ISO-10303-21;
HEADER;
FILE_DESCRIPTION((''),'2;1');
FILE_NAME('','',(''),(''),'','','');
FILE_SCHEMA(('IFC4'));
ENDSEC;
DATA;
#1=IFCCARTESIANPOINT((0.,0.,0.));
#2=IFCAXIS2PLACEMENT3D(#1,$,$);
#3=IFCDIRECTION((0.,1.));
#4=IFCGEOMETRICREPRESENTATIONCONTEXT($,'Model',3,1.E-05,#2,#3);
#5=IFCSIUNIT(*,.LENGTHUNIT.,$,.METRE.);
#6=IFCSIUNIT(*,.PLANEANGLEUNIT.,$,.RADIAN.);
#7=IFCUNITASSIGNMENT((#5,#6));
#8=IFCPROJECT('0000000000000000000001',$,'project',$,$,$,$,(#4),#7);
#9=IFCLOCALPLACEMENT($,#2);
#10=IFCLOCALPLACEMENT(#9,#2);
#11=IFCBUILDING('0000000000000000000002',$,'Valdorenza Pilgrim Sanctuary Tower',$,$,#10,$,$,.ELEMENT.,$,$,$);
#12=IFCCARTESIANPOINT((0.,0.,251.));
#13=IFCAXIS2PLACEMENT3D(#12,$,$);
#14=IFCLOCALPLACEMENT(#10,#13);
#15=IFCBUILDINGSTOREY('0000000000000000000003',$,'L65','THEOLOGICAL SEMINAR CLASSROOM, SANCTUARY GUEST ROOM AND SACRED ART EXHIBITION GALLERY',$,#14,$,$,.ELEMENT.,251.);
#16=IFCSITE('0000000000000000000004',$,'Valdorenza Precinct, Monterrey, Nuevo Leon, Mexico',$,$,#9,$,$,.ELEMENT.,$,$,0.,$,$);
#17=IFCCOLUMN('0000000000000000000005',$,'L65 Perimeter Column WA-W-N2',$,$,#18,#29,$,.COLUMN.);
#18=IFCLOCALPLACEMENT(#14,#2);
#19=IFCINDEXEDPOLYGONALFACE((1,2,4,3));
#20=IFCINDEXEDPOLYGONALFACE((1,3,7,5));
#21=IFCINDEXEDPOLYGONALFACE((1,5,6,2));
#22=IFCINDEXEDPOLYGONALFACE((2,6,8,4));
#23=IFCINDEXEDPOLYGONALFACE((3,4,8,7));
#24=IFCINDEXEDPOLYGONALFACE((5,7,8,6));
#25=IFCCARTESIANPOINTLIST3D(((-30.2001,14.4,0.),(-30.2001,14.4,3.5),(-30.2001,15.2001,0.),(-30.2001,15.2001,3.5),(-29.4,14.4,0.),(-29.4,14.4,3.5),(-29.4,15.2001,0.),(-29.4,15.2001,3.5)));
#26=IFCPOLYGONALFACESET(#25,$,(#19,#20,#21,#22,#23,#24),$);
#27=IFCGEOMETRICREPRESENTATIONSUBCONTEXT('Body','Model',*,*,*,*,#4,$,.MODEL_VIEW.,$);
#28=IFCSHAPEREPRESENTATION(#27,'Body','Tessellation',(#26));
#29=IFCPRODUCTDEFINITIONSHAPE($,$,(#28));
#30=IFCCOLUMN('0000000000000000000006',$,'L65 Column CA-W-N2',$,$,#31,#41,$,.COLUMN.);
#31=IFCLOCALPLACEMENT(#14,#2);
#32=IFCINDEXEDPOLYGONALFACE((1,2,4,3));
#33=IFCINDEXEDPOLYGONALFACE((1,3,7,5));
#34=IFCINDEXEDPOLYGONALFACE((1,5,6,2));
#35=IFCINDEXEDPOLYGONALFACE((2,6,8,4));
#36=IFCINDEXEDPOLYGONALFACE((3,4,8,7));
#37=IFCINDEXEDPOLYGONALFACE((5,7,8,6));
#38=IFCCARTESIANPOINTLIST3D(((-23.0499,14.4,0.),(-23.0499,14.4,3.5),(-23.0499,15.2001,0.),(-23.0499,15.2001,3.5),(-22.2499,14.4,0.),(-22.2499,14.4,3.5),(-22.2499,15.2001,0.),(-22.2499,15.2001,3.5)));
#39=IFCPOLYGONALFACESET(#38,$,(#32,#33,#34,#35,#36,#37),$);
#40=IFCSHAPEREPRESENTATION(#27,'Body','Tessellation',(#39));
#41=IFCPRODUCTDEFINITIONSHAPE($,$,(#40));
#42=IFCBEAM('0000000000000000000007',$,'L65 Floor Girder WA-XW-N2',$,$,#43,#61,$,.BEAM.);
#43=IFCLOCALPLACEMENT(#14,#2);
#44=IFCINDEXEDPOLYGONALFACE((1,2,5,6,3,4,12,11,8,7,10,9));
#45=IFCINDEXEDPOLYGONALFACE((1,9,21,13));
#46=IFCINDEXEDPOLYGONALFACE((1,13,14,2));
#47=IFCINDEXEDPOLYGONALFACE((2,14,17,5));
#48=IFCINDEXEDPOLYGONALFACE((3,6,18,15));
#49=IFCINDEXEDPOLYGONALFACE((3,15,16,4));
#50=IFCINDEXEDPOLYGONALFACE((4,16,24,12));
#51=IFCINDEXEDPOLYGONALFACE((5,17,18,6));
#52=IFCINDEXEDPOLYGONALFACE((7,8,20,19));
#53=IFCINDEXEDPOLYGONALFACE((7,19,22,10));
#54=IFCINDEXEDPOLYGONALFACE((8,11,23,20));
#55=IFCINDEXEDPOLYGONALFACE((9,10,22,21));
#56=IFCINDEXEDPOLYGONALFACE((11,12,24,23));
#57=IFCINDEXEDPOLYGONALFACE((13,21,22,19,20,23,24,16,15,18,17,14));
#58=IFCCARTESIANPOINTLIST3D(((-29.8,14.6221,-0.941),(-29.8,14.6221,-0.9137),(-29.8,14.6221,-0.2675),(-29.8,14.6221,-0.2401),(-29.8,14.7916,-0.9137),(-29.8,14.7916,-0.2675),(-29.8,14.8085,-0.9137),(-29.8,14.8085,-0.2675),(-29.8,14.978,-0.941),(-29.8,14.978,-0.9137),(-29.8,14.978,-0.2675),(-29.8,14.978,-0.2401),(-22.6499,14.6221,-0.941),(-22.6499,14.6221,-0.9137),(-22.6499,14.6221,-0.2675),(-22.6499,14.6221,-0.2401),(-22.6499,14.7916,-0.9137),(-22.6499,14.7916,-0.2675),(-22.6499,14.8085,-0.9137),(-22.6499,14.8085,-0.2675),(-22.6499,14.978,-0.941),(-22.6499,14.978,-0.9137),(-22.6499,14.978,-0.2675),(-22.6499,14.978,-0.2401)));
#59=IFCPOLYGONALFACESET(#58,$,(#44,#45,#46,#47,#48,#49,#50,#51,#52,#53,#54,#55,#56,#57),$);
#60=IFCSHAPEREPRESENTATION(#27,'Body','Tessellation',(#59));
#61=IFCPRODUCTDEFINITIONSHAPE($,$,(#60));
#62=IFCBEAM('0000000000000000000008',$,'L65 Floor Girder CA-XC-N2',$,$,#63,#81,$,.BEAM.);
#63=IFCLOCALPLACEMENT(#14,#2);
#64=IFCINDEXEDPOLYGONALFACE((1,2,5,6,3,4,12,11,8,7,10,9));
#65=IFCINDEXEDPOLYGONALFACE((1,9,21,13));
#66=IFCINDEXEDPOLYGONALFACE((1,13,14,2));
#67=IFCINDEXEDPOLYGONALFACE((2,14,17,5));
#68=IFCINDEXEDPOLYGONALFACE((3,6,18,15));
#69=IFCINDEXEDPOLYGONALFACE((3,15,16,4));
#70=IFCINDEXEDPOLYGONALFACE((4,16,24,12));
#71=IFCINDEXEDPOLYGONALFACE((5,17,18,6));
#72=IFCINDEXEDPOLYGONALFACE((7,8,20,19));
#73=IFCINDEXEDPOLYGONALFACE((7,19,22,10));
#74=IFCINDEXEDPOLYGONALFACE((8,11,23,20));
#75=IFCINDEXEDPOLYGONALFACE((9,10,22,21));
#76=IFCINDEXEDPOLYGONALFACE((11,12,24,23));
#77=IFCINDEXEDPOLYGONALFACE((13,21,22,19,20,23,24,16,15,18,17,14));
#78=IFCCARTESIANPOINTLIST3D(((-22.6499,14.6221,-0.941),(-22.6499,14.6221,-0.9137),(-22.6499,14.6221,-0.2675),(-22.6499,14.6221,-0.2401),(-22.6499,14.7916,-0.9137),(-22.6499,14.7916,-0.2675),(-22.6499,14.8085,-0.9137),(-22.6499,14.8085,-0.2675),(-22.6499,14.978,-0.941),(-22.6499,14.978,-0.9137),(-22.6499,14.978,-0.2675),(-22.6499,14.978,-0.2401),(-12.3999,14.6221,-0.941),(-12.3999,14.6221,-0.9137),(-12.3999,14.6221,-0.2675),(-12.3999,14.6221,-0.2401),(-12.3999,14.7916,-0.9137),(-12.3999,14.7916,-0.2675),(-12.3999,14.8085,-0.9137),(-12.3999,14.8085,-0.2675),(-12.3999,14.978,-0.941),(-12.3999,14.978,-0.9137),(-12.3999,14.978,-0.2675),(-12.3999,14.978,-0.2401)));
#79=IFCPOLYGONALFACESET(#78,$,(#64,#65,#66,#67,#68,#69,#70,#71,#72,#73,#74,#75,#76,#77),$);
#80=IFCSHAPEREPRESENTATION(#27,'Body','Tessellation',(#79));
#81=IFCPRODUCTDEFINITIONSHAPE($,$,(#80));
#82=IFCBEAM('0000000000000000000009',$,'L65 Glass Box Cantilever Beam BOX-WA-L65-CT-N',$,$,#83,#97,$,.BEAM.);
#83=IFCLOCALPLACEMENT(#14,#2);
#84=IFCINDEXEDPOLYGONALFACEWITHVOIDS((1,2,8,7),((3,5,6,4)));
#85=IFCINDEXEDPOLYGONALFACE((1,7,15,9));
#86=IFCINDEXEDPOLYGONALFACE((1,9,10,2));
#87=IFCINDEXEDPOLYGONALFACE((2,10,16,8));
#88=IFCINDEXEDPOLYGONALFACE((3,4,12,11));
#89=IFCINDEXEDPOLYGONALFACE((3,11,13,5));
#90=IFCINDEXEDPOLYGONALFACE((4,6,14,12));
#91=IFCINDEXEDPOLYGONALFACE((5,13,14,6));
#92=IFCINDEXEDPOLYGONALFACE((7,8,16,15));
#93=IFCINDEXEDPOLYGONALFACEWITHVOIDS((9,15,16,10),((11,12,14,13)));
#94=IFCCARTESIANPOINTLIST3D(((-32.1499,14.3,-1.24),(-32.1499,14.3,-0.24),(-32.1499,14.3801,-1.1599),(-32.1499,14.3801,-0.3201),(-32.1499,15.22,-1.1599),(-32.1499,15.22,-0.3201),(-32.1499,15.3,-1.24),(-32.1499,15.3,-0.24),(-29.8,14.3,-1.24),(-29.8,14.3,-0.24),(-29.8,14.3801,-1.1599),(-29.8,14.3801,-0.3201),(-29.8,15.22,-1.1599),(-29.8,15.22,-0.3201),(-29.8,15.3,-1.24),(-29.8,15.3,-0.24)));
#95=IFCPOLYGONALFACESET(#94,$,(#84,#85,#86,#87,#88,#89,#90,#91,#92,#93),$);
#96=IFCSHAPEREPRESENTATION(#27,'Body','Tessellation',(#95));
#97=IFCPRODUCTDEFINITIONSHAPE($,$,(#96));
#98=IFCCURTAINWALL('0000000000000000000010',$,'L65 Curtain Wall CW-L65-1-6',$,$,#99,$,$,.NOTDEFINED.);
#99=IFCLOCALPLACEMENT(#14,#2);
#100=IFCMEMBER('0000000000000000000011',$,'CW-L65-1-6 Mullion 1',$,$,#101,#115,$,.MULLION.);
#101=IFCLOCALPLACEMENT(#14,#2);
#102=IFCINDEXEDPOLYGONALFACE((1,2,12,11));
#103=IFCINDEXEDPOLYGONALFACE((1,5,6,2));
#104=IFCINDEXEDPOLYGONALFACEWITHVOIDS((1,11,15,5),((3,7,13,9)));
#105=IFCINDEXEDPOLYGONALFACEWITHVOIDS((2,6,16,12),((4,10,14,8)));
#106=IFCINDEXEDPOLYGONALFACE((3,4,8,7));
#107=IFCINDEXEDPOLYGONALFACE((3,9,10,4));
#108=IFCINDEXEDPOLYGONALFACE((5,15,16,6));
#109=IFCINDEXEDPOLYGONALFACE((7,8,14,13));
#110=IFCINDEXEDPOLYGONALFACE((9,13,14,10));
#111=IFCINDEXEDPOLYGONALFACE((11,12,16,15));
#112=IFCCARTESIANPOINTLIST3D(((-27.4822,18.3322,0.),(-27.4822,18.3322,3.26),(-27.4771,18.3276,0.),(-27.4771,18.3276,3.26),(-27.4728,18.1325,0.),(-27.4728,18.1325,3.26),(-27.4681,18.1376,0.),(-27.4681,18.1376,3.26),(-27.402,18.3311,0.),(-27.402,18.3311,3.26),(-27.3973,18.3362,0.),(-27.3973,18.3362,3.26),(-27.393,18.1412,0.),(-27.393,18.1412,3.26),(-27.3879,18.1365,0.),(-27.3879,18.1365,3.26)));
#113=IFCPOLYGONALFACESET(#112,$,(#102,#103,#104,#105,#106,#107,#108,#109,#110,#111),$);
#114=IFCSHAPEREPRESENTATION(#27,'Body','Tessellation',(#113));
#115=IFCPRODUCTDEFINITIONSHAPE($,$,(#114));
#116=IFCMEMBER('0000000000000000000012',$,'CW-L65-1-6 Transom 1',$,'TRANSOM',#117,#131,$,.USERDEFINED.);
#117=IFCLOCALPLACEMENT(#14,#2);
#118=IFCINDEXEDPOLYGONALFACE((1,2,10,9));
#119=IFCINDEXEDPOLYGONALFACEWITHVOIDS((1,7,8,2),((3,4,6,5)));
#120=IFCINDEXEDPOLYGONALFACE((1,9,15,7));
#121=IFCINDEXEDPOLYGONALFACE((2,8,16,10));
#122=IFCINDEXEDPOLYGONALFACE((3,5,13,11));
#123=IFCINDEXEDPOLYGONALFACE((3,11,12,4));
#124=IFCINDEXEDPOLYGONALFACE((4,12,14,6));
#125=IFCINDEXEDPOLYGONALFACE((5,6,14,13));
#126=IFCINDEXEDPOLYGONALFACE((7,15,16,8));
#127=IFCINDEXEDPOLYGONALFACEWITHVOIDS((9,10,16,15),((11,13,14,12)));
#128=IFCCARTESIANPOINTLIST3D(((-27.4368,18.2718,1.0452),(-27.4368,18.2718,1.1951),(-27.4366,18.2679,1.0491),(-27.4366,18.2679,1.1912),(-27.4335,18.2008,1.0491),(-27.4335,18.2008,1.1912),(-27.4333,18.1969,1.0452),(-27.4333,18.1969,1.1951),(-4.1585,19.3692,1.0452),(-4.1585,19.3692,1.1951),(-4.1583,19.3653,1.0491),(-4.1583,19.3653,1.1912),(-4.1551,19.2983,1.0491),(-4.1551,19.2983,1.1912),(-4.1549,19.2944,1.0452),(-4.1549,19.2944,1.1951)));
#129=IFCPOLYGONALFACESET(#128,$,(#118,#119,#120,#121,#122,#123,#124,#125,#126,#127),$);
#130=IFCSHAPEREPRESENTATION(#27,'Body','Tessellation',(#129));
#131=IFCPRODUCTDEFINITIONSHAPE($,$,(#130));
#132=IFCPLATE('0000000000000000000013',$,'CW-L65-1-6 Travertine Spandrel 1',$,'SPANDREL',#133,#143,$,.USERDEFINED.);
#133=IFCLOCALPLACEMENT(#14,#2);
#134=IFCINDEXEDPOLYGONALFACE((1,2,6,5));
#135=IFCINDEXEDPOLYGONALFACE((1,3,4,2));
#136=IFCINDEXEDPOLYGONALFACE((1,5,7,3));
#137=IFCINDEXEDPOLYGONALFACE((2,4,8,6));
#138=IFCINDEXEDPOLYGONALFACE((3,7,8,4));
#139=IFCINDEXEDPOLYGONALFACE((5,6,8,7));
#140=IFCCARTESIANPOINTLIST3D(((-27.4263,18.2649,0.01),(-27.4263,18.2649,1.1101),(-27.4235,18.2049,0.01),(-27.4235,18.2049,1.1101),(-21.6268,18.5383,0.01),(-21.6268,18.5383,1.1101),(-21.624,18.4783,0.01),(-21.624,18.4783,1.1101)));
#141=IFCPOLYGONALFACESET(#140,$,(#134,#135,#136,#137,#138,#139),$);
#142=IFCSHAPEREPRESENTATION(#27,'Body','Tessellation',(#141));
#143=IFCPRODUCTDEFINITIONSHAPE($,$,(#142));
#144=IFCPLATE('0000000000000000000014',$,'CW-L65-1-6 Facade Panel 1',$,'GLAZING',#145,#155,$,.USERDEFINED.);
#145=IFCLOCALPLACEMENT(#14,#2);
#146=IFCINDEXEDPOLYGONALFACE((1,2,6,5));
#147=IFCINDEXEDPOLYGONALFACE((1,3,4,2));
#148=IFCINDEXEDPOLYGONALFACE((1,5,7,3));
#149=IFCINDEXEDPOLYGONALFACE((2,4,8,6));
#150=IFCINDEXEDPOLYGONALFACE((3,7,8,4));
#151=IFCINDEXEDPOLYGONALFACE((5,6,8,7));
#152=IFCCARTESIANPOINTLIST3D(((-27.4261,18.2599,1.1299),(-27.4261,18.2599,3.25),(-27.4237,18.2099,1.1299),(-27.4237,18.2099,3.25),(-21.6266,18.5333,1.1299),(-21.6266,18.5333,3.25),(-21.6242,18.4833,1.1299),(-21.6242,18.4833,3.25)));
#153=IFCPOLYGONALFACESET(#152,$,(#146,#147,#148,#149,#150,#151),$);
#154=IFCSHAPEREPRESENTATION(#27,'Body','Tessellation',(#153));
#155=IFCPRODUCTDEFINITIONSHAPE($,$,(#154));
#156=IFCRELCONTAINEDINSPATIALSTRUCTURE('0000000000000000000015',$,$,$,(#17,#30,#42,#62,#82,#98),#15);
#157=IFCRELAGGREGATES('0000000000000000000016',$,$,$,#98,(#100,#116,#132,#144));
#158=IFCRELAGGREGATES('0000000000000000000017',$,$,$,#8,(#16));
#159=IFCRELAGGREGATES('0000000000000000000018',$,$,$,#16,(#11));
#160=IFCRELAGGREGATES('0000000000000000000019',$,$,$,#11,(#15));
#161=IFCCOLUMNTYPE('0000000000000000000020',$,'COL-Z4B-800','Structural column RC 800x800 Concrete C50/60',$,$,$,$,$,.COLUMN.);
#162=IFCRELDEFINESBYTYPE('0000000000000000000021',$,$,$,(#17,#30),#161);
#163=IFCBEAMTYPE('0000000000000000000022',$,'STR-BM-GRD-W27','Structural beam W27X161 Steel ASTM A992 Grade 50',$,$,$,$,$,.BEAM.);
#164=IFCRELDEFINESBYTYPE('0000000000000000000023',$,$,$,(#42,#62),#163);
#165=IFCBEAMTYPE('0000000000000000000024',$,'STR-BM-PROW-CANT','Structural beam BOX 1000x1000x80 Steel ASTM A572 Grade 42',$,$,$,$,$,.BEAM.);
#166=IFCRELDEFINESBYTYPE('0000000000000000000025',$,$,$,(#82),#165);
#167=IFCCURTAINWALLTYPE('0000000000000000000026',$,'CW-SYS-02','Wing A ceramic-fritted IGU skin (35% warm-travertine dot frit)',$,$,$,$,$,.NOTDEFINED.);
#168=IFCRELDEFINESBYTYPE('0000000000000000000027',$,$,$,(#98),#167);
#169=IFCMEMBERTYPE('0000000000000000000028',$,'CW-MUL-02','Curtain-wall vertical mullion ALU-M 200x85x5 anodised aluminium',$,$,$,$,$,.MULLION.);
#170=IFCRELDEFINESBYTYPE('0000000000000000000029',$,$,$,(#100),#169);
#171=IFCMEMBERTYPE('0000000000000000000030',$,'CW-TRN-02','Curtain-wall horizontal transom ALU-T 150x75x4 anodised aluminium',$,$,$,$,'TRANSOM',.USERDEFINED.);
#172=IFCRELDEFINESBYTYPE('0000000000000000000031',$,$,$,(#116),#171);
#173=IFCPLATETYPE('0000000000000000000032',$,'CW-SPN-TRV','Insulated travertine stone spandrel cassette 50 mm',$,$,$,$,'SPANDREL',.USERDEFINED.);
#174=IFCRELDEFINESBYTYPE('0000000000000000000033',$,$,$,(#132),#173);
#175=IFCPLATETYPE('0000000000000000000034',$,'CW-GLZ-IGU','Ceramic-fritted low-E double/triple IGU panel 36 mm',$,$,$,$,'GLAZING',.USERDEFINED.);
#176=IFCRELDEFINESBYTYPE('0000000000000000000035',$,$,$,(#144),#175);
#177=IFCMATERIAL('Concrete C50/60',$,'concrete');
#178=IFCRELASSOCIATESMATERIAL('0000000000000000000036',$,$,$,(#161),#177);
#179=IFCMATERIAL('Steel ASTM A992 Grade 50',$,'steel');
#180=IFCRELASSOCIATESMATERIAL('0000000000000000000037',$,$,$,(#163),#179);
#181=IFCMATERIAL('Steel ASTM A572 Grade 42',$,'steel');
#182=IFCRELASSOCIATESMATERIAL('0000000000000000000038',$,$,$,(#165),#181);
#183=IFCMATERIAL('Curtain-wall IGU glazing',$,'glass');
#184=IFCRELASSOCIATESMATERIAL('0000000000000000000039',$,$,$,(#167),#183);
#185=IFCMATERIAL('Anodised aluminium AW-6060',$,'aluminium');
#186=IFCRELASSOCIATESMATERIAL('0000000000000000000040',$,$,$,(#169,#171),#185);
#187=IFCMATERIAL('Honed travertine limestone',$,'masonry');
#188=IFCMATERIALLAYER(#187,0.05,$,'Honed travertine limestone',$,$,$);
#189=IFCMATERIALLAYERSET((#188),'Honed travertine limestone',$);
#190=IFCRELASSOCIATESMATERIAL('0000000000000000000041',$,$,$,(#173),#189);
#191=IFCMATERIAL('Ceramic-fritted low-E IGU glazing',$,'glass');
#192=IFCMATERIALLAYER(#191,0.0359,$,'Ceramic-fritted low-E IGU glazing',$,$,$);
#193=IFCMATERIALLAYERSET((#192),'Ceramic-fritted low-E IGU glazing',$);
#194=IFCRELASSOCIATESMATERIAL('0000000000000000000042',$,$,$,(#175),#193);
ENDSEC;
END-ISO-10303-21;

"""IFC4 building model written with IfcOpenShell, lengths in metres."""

from ifc_helpers import new_model, si_unit, direction, frame, origin, origin_2d, place, context, subcontext, project, spatial, rectangle, hollow_rectangle, i_section, extrude, source, transform, mapped, material, layer, layer_set, material_profile, profile_set, type_object, element, aggregate, save


model = new_model("IFC4")

# Units and contexts
model_context = context("Model", 3, precision=1e-05, world=origin(), true_north=direction((0.0, 1.0)))
body_context = subcontext(model_context, "Body", "Model", "MODEL_VIEW")
ifc_project = project(units=[si_unit("LENGTHUNIT", "METRE"), si_unit("PLANEANGLEUNIT", "RADIAN")], contexts=[model_context])

# Site, building, storey
site_placement = place(None, origin())
site = spatial("IfcSite", under=ifc_project, at=site_placement, Name="Valdorenza Precinct, Monterrey, Nuevo Leon, Mexico", CompositionType="ELEMENT", RefElevation=0.0)
building_placement = place(site_placement, origin())
building = spatial("IfcBuilding", under=site, at=building_placement, Name="Valdorenza Pilgrim Sanctuary Tower", CompositionType="ELEMENT")
storey_placement = place(building_placement, frame((0.0, 0.0, 251.0)))
storey = spatial("IfcBuildingStorey", under=building, at=storey_placement, Name="L65", Description="THEOLOGICAL SEMINAR CLASSROOM, SANCTUARY GUEST ROOM AND SACRED ART EXHIBITION GALLERY", CompositionType="ELEMENT", Elevation=251.0)

# Columns
ifc_material_1 = material(Name="Concrete C50/60", Category="concrete")
ifc_material_profile_1 = material_profile(ifc_material_1, rectangle(XDim=0.8, YDim=0.8, at=origin_2d()), Name="RC 800x800")
ifc_profile_set_1 = profile_set([ifc_material_profile_1], Name="Concrete C50/60")
column_type = type_object("IfcColumnType", Name="COL-Z4B-800", Description="Structural column RC 800x800 Concrete C50/60", PredefinedType="COLUMN", material=ifc_profile_set_1)
shared_shape_1 = source(origin(), body_context, "Body", "SweptSolid", [
    extrude(rectangle(XDim=0.8, YDim=0.8, at=origin_2d()), origin(), (0.0, 0.0, 1.0), 3.5),
])
for number, where, z_axis, x_axis, name in (
    (1, (-29.8, 14.8, 0.0), (0.0, 0.0, 1.0), (1.0, 0.0, 0.0), "L65 Perimeter Column WA-W-N2"),
    (2, (-22.6499, 14.8, 0.0), (0.0, 0.0, 1.0), (1.0, 0.0, 0.0), "L65 Column CA-W-N2"),
):
    element("IfcColumn", number, at=place(storey_placement, frame(where, z_axis=z_axis, x_axis=x_axis)), inside=storey, type_object=column_type, Name=name, PredefinedType="COLUMN", context=body_context, shape_type="MappedRepresentation", body=[
        mapped(shared_shape_1, transform((0.0, 0.0, 0.0), x_axis=(1.0, 0.0, 0.0), y_axis=(0.0, 1.0, 0.0), z_axis=(0.0, 0.0, 1.0), scale=1.0)),
    ])

# Beams
ifc_material_2 = material(Name="Steel ASTM A992 Grade 50", Category="steel")
ifc_material_profile_2 = material_profile(ifc_material_2, i_section(OverallWidth=0.356, OverallDepth=0.7009, WebThickness=0.0168, FlangeThickness=0.0273, at=origin_2d()), Name="W27X161")
ifc_profile_set_2 = profile_set([ifc_material_profile_2], Name="Steel ASTM A992 Grade 50")
beam_type_1 = type_object("IfcBeamType", Name="STR-BM-GRD-W27", Description="Structural beam W27X161 Steel ASTM A992 Grade 50", PredefinedType="BEAM", material=ifc_profile_set_2)
shared_shape_2 = source(origin(), body_context, "Body", "SweptSolid", [
    extrude(i_section(OverallWidth=0.356, OverallDepth=0.7009, WebThickness=0.0168, FlangeThickness=0.0273, at=origin_2d()), origin(), (0.0, 0.0, 1.0), 7.1501),
])
beam_1_placement = place(storey_placement, frame((-29.8, 14.8, -0.5906), z_axis=(1.0, 0.0, 0.0), x_axis=(0.0, 1.0, 0.0)))
element("IfcBeam", 3, at=beam_1_placement, inside=storey, type_object=beam_type_1, Name="L65 Floor Girder WA-XW-N2", PredefinedType="BEAM", context=body_context, shape_type="MappedRepresentation", body=[
    mapped(shared_shape_2, transform((0.0, 0.0, 0.0), x_axis=(1.0, 0.0, 0.0), y_axis=(0.0, 1.0, 0.0), z_axis=(0.0, 0.0, 1.0), scale=1.0)),
])
shared_shape_3 = source(origin(), body_context, "Body", "SweptSolid", [
    extrude(i_section(OverallWidth=0.356, OverallDepth=0.7009, WebThickness=0.0168, FlangeThickness=0.0273, at=origin_2d()), origin(), (0.0, 0.0, 1.0), 10.25),
])
beam_2_placement = place(storey_placement, frame((-22.6499, 14.8, -0.5906), z_axis=(1.0, 0.0, 0.0), x_axis=(0.0, 1.0, 0.0)))
element("IfcBeam", 4, at=beam_2_placement, inside=storey, type_object=beam_type_1, Name="L65 Floor Girder CA-XC-N2", PredefinedType="BEAM", context=body_context, shape_type="MappedRepresentation", body=[
    mapped(shared_shape_3, transform((0.0, 0.0, 0.0), x_axis=(1.0, 0.0, 0.0), y_axis=(0.0, 1.0, 0.0), z_axis=(0.0, 0.0, 1.0), scale=1.0)),
])
ifc_material_3 = material(Name="Steel ASTM A572 Grade 42", Category="steel")
ifc_material_profile_3 = material_profile(ifc_material_3, hollow_rectangle(XDim=1.0, YDim=1.0, WallThickness=0.0801, at=origin_2d()), Name="BOX 1000x1000x80")
ifc_profile_set_3 = profile_set([ifc_material_profile_3], Name="Steel ASTM A572 Grade 42")
beam_type_2 = type_object("IfcBeamType", Name="STR-BM-PROW-CANT", Description="Structural beam BOX 1000x1000x80 Steel ASTM A572 Grade 42", PredefinedType="BEAM", material=ifc_profile_set_3)
shared_shape_4 = source(origin(), body_context, "Body", "SweptSolid", [
    extrude(hollow_rectangle(XDim=1.0, YDim=1.0, WallThickness=0.0801, at=origin_2d()), origin(), (0.0, 0.0, 1.0), 2.3499),
])
beam_3_placement = place(storey_placement, frame((-29.8, 14.8, -0.74), z_axis=(-1.0, 0.0, 0.0), x_axis=(0.0, -1.0, 0.0)))
element("IfcBeam", 5, at=beam_3_placement, inside=storey, type_object=beam_type_2, Name="L65 Glass Box Cantilever Beam BOX-WA-L65-CT-N", PredefinedType="BEAM", context=body_context, shape_type="MappedRepresentation", body=[
    mapped(shared_shape_4, transform((0.0, 0.0, 0.0), x_axis=(1.0, 0.0, 0.0), y_axis=(0.0, 1.0, 0.0), z_axis=(0.0, 0.0, 1.0), scale=1.0)),
])

# Curtain wall, members, plates
ifc_material_4 = material(Name="Curtain-wall IGU glazing", Category="glass")
curtain_wall_type = type_object("IfcCurtainWallType", Name="CW-SYS-02", Description="Wing A ceramic-fritted IGU skin (35% warm-travertine dot frit)", PredefinedType="NOTDEFINED", material=ifc_material_4)
curtain_wall_placement = place(storey_placement, origin())
curtain_wall = element("IfcCurtainWall", 6, at=curtain_wall_placement, inside=storey, type_object=curtain_wall_type, Name="L65 Curtain Wall CW-L65-1-6", PredefinedType="NOTDEFINED")
ifc_material_5 = material(Name="Anodised aluminium AW-6060", Category="aluminium")
ifc_material_profile_4 = material_profile(ifc_material_5, hollow_rectangle(XDim=0.085, YDim=0.2, WallThickness=0.0049, at=origin_2d()), Name="ALU-M 200x85x5")
ifc_profile_set_4 = profile_set([ifc_material_profile_4], Name="Anodised aluminium AW-6060")
member_type_1 = type_object("IfcMemberType", Name="CW-MUL-02", Description="Curtain-wall vertical mullion ALU-M 200x85x5 anodised aluminium", PredefinedType="MULLION", material=ifc_profile_set_4)
shared_shape_5 = source(origin(), body_context, "Body", "SweptSolid", [
    extrude(hollow_rectangle(XDim=0.085, YDim=0.2, WallThickness=0.0049, at=origin_2d()), origin(), (0.0, 0.0, 1.0), 3.26),
])
member_1_placement = place(storey_placement, frame((-27.4351, 18.2344, 0.0), z_axis=(0.0, 0.0, 1.0), x_axis=(0.998891, 0.047089, 0.0)))
member_1 = element("IfcMember", 7, at=member_1_placement, type_object=member_type_1, Name="CW-L65-1-6 Mullion 1", PredefinedType="MULLION", context=body_context, shape_type="MappedRepresentation", body=[
    mapped(shared_shape_5, transform((0.0, 0.0, 0.0), x_axis=(1.0, 0.0, 0.0), y_axis=(0.0, 1.0, 0.0), z_axis=(0.0, 0.0, 1.0), scale=1.0)),
])
ifc_material_profile_5 = material_profile(ifc_material_5, hollow_rectangle(XDim=0.075, YDim=0.1499, WallThickness=0.0039, at=origin_2d()), Name="ALU-T 150x75x4")
ifc_profile_set_5 = profile_set([ifc_material_profile_5], Name="Anodised aluminium AW-6060")
member_type_2 = type_object("IfcMemberType", Name="CW-TRN-02", Description="Curtain-wall horizontal transom ALU-T 150x75x4 anodised aluminium", ElementType="TRANSOM", PredefinedType="USERDEFINED", material=ifc_profile_set_5)
shared_shape_6 = source(origin(), body_context, "Body", "SweptSolid", [
    extrude(hollow_rectangle(XDim=0.075, YDim=0.1499, WallThickness=0.0039, at=origin_2d()), origin(), (0.0, 0.0, 1.0), 23.3042),
])
member_2_placement = place(storey_placement, frame((-27.4351, 18.2344, 1.1201), z_axis=(0.998891, 0.047091, 0.0), x_axis=(-0.047091, 0.998891, 0.0)))
member_2 = element("IfcMember", 8, at=member_2_placement, type_object=member_type_2, Name="CW-L65-1-6 Transom 1", ObjectType="TRANSOM", PredefinedType="USERDEFINED", context=body_context, shape_type="MappedRepresentation", body=[
    mapped(shared_shape_6, transform((0.0, 0.0, 0.0), x_axis=(1.0, 0.0, 0.0), y_axis=(0.0, 1.0, 0.0), z_axis=(0.0, 0.0, 1.0), scale=1.0)),
])
ifc_material_6 = material(Name="Honed travertine limestone", Category="masonry")
ifc_layer_1 = layer(ifc_material_6, 0.05, Name="Honed travertine limestone")
ifc_layer_set_1 = layer_set([ifc_layer_1], Name="Honed travertine limestone")
plate_type_1 = type_object("IfcPlateType", Name="CW-SPN-TRV", Description="Insulated travertine stone spandrel cassette 50 mm", ElementType="SPANDREL", PredefinedType="USERDEFINED", material=ifc_layer_set_1)
shared_shape_7 = source(origin(), body_context, "Body", "SweptSolid", [
    extrude(rectangle(XDim=5.8059, YDim=0.0601, at=origin_2d()), origin(), (0.0, 0.0, 1.0), 1.1001),
])
plate_1_placement = place(storey_placement, frame((-24.5251, 18.3716, 0.01), z_axis=(0.0, 0.0, 1.0), x_axis=(0.998891, 0.047089, 0.0)))
plate_1 = element("IfcPlate", 9, at=plate_1_placement, type_object=plate_type_1, Name="CW-L65-1-6 Travertine Spandrel 1", ObjectType="SPANDREL", PredefinedType="USERDEFINED", context=body_context, shape_type="MappedRepresentation", body=[
    mapped(shared_shape_7, transform((0.0, 0.0, 0.0), x_axis=(1.0, 0.0, 0.0), y_axis=(0.0, 1.0, 0.0), z_axis=(0.0, 0.0, 1.0), scale=1.0)),
])
ifc_material_7 = material(Name="Ceramic-fritted low-E IGU glazing", Category="glass")
ifc_layer_2 = layer(ifc_material_7, 0.0359, Name="Ceramic-fritted low-E IGU glazing")
ifc_layer_set_2 = layer_set([ifc_layer_2], Name="Ceramic-fritted low-E IGU glazing")
plate_type_2 = type_object("IfcPlateType", Name="CW-GLZ-IGU", Description="Ceramic-fritted low-E double/triple IGU panel 36 mm", ElementType="GLAZING", PredefinedType="USERDEFINED", material=ifc_layer_set_2)
shared_shape_8 = source(origin(), body_context, "Body", "SweptSolid", [
    extrude(rectangle(XDim=5.8059, YDim=0.05, at=origin_2d()), origin(), (0.0, 0.0, 1.0), 2.1201),
])
plate_2_placement = place(storey_placement, frame((-24.5251, 18.3716, 1.1299), z_axis=(0.0, 0.0, 1.0), x_axis=(0.998891, 0.047089, 0.0)))
plate_2 = element("IfcPlate", 10, at=plate_2_placement, type_object=plate_type_2, Name="CW-L65-1-6 Facade Panel 1", ObjectType="GLAZING", PredefinedType="USERDEFINED", context=body_context, shape_type="MappedRepresentation", body=[
    mapped(shared_shape_8, transform((0.0, 0.0, 0.0), x_axis=(1.0, 0.0, 0.0), y_axis=(0.0, 1.0, 0.0), z_axis=(0.0, 0.0, 1.0), scale=1.0)),
])
aggregate(curtain_wall, [member_1, member_2, plate_1, plate_2])

save(model, "model.ifc")
